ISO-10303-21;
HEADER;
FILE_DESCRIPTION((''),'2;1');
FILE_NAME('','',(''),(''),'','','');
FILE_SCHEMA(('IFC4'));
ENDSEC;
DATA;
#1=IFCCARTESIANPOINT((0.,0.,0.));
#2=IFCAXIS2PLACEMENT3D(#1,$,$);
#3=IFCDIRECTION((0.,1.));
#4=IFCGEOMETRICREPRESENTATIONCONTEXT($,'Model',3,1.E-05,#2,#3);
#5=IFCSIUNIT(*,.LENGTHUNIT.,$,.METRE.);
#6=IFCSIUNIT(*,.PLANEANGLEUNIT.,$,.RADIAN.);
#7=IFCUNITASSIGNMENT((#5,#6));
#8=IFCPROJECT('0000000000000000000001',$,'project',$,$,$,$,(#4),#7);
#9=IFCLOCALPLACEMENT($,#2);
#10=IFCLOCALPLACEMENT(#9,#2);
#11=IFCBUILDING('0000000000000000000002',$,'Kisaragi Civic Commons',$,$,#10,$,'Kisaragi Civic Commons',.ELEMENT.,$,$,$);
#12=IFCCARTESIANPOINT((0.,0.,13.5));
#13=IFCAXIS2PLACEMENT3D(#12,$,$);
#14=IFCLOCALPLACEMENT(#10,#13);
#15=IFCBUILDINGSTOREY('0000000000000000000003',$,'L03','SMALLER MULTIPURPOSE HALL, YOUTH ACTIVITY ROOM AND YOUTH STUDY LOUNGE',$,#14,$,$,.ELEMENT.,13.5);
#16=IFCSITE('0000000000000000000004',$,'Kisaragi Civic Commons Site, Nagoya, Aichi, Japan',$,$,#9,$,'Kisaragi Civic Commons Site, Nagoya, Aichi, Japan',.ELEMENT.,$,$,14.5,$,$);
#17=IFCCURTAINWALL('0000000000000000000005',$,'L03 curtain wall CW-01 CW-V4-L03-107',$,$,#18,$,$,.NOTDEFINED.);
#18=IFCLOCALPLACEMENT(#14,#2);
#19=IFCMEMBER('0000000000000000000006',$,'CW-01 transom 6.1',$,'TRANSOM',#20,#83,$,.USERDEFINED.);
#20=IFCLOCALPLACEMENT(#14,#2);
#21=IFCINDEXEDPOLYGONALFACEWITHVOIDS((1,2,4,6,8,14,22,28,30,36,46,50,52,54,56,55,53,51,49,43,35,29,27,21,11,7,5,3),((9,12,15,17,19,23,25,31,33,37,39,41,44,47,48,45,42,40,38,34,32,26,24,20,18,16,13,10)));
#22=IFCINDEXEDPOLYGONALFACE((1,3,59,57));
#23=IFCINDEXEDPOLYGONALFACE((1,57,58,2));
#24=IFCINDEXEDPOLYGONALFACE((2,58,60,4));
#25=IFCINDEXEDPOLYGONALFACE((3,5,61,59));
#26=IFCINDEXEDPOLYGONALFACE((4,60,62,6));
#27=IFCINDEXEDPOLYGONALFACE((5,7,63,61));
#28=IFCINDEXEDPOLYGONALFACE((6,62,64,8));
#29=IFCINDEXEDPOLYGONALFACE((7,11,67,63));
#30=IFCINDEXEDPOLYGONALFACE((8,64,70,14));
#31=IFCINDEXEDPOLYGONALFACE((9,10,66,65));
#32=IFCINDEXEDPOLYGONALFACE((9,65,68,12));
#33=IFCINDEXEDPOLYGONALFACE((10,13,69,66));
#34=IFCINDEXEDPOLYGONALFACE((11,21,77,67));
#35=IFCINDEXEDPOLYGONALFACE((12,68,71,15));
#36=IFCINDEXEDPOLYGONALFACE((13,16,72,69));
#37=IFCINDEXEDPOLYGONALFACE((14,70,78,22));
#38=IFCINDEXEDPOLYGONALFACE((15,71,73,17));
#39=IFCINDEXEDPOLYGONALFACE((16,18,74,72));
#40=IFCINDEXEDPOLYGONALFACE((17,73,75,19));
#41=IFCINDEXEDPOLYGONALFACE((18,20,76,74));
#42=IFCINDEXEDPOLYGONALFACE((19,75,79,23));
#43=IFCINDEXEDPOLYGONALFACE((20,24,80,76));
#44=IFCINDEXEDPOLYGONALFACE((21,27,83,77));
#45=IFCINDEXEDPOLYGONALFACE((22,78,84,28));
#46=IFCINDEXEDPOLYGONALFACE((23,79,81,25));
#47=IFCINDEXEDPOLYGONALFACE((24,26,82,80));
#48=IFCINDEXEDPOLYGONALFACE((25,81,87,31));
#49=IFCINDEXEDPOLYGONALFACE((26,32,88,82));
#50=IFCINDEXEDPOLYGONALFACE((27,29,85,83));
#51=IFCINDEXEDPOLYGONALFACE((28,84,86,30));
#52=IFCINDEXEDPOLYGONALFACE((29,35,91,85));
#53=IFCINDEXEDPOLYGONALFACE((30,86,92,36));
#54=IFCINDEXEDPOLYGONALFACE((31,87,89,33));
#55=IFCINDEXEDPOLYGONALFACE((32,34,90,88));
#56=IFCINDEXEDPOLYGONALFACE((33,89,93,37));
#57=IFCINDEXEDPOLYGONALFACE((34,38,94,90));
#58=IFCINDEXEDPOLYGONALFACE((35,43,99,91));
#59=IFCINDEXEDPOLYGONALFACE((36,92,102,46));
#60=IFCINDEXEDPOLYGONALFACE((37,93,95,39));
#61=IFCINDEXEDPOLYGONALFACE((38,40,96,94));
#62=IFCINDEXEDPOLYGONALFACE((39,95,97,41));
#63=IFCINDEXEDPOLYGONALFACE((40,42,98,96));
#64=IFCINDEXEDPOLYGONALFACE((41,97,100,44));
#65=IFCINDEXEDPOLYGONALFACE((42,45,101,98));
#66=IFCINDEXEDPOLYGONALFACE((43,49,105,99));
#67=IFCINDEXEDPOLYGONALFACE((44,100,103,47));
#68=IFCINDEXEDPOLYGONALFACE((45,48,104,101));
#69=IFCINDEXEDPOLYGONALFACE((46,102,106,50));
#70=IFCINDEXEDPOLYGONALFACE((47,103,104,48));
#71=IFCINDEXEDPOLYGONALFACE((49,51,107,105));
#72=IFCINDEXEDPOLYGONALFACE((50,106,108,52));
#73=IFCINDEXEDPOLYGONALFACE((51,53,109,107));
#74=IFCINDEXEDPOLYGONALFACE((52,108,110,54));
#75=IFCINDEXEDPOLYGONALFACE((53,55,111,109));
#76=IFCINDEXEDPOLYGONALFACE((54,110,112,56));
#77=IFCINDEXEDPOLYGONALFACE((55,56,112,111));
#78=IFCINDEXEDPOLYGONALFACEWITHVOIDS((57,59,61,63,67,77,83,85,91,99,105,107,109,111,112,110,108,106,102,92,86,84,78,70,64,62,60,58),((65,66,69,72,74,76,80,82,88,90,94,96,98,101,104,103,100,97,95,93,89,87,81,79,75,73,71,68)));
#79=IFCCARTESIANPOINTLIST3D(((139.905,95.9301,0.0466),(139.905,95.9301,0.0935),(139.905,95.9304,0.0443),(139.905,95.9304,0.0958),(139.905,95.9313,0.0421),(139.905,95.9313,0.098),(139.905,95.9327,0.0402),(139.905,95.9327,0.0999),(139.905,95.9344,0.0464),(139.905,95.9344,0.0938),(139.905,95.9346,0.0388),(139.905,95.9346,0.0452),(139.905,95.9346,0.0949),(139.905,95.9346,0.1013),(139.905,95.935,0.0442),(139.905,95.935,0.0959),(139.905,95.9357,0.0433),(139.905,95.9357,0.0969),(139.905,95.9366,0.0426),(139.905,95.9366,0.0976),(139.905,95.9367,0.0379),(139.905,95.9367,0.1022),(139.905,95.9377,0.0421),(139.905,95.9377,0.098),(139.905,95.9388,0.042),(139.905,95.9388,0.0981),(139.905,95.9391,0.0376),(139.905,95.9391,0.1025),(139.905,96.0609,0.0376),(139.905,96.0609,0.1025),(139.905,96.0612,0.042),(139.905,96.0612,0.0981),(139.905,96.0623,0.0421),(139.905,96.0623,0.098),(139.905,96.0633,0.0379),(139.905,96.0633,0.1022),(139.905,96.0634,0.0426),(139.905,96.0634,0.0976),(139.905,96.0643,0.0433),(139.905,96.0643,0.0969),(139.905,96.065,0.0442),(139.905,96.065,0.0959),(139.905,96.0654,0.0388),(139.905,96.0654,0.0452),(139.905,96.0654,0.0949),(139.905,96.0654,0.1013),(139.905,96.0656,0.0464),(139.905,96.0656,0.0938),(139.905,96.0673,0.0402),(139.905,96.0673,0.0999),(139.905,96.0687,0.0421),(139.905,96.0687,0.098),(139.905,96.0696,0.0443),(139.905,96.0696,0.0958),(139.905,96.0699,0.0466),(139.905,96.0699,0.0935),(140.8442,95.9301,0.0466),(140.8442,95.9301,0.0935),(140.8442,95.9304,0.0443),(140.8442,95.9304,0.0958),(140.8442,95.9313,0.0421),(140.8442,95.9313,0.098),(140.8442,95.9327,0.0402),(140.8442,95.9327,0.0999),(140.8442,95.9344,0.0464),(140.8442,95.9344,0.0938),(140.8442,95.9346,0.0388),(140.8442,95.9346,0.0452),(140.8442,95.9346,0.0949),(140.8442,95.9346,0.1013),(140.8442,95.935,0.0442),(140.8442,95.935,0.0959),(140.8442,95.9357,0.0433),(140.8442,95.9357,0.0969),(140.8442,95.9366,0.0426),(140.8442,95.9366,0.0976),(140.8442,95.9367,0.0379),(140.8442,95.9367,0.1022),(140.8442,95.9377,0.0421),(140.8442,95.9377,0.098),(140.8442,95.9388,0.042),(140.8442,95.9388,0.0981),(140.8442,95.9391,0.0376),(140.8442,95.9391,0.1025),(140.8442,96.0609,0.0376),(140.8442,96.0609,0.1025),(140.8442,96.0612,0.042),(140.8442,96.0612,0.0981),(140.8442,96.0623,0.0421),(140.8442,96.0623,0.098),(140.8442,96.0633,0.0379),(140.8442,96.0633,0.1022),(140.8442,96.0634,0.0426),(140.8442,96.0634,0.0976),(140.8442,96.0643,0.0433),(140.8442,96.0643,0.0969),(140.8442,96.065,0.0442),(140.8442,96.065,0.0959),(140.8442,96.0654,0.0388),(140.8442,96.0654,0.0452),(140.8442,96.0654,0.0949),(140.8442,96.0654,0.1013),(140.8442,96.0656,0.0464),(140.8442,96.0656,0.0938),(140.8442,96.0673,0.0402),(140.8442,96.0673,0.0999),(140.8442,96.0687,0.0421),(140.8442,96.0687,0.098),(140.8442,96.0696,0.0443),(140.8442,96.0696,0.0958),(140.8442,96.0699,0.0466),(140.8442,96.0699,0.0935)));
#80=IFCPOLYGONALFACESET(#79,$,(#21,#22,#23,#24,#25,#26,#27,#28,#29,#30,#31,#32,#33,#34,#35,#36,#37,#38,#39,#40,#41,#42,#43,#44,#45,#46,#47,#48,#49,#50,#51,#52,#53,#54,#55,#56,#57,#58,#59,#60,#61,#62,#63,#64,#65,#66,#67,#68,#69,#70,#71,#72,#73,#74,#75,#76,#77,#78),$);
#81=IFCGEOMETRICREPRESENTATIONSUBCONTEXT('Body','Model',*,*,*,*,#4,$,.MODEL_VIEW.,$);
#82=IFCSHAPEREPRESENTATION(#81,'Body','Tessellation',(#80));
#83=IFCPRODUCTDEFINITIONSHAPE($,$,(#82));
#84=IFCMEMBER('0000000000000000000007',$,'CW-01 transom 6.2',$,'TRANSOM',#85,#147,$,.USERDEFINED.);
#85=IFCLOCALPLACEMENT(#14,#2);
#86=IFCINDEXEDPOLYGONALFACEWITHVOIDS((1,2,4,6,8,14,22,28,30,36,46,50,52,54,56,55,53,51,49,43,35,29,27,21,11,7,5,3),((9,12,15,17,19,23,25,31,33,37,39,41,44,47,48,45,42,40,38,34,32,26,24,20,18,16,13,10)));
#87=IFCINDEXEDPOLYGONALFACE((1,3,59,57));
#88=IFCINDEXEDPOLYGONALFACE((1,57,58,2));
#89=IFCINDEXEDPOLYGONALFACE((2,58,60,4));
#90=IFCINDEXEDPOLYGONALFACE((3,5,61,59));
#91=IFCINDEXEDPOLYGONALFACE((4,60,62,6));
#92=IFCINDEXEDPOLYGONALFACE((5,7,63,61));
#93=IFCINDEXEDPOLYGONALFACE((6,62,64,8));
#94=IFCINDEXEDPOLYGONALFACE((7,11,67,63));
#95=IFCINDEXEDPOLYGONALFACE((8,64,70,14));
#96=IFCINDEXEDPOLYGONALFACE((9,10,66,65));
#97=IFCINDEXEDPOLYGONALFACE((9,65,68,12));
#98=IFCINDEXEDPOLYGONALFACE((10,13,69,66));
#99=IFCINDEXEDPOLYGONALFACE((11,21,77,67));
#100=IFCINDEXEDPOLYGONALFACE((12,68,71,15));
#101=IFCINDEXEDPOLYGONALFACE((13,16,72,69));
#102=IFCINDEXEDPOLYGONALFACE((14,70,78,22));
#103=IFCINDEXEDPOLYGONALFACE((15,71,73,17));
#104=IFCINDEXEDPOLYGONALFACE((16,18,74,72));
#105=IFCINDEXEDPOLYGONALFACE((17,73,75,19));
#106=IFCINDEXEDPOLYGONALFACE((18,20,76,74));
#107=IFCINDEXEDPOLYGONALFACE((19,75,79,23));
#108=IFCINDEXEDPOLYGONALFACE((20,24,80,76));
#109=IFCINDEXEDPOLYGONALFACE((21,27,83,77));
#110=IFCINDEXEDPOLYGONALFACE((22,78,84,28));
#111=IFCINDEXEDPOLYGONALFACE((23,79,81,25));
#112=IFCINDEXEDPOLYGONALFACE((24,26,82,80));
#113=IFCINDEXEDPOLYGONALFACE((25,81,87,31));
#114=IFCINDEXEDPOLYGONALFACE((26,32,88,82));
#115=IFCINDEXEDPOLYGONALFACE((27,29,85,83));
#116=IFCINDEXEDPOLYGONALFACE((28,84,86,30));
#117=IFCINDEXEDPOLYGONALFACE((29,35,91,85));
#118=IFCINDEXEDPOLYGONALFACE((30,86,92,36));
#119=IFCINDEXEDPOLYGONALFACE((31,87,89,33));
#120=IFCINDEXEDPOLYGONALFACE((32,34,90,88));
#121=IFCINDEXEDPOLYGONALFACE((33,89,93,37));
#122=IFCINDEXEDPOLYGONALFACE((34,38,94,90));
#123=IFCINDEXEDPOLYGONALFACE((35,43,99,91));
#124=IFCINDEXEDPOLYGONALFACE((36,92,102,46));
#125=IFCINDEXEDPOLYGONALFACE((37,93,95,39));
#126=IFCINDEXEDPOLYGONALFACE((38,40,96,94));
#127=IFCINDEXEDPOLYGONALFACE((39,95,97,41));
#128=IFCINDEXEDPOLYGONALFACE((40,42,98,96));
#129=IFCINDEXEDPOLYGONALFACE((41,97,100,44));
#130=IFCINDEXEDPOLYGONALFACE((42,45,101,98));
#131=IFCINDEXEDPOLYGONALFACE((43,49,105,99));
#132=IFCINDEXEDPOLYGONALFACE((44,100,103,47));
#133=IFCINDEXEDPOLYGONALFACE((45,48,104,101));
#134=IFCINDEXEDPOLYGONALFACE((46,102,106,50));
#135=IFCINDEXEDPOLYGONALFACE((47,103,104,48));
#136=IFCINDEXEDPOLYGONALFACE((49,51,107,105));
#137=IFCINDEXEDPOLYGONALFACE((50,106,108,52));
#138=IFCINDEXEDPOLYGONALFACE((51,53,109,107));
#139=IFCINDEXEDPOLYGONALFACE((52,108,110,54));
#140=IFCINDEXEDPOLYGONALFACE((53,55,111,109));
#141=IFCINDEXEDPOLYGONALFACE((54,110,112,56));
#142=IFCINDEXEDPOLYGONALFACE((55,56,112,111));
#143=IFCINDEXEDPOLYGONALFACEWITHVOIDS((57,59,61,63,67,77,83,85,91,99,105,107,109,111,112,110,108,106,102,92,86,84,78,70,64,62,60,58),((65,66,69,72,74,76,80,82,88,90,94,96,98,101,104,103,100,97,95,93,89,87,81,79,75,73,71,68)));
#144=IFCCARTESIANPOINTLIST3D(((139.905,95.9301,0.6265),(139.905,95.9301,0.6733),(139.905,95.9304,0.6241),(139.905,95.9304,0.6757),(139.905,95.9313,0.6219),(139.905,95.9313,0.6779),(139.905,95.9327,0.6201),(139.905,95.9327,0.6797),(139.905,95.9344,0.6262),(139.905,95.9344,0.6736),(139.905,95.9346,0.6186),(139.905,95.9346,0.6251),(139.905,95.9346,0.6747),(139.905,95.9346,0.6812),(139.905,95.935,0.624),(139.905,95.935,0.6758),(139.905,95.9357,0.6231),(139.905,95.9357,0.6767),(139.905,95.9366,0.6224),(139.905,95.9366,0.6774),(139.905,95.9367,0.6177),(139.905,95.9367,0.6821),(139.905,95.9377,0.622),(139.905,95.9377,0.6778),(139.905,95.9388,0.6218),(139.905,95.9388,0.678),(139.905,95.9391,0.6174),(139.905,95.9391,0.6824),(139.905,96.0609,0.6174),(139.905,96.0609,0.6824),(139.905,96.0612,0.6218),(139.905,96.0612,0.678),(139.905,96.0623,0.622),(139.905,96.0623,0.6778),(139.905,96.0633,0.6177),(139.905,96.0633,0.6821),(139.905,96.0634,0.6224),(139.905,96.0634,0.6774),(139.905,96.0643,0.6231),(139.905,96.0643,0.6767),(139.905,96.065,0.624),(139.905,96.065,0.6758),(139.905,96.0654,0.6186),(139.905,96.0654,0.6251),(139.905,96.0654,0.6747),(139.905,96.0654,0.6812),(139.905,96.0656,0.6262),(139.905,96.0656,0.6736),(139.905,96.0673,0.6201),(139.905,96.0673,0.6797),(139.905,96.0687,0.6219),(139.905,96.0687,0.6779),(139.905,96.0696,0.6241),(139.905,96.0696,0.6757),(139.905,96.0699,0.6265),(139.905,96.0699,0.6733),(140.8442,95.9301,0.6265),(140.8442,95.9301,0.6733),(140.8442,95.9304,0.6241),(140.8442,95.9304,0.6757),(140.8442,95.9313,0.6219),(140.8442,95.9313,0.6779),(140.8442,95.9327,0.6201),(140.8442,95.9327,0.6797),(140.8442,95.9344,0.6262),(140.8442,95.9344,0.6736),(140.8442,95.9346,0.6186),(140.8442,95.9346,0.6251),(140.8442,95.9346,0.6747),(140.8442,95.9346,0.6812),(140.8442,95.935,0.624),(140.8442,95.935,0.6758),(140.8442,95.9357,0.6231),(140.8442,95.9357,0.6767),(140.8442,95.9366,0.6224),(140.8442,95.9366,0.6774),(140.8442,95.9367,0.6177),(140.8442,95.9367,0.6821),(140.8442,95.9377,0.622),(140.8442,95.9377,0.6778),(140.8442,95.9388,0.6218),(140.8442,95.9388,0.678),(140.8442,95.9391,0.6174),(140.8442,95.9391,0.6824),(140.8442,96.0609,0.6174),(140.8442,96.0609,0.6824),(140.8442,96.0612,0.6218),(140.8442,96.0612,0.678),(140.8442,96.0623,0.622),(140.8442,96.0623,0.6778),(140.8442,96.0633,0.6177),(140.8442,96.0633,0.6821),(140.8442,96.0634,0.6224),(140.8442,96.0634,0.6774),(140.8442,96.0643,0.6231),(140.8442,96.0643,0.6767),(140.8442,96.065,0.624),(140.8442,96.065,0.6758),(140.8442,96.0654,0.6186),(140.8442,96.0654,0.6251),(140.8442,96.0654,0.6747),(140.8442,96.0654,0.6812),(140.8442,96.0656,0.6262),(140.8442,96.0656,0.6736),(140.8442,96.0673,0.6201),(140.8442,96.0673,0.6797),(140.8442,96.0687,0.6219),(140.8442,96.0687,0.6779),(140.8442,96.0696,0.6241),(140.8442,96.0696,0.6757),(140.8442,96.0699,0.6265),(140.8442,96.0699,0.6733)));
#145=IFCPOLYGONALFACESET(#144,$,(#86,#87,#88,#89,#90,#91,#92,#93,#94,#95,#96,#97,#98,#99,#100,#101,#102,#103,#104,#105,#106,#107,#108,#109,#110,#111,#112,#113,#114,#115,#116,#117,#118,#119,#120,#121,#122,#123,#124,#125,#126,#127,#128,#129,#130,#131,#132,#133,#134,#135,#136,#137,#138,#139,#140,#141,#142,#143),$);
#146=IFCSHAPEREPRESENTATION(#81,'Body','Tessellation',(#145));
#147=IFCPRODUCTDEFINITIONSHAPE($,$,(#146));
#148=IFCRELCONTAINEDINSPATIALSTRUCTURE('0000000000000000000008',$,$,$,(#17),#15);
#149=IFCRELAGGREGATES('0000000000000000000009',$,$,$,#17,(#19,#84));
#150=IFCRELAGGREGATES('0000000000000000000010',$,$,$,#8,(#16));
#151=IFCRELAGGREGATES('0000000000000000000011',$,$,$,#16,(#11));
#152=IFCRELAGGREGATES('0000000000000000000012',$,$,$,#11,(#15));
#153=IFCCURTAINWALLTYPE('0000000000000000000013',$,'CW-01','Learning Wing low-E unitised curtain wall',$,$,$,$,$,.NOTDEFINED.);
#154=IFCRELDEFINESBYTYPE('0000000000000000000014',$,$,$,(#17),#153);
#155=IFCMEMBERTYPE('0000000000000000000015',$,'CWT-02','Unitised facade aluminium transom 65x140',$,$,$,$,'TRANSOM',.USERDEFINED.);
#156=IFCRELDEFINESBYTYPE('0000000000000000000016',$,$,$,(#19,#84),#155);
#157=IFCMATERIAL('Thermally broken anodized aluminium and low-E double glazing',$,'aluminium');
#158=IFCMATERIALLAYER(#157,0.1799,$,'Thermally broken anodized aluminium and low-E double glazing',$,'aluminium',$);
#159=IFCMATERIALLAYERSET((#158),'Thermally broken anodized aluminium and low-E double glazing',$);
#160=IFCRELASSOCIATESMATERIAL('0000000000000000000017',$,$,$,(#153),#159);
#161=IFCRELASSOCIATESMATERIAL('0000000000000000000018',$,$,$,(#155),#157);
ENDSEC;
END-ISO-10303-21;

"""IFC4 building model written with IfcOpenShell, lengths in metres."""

from ifc_helpers import new_model, si_unit, direction, frame, origin, origin_2d, place, context, subcontext, project, spatial, hollow_rectangle, extrude, material, layer, layer_set, material_profile, profile_set, type_object, element, aggregate, save


model = new_model("IFC4")

# Units and contexts
model_context = context("Model", 3, precision=1e-05, world=origin(), true_north=direction((0.0, 1.0)))
body_context = subcontext(model_context, "Body", "Model", "MODEL_VIEW")
ifc_project = project(units=[si_unit("LENGTHUNIT", "METRE"), si_unit("PLANEANGLEUNIT", "RADIAN")], contexts=[model_context])

# Site, building, storey
site_placement = place(None, origin())
site = spatial("IfcSite", under=ifc_project, at=site_placement, Name="Kisaragi Civic Commons Site, Nagoya, Aichi, Japan", LongName="Kisaragi Civic Commons Site, Nagoya, Aichi, Japan", CompositionType="ELEMENT", RefElevation=14.5)
building_placement = place(site_placement, origin())
building = spatial("IfcBuilding", under=site, at=building_placement, Name="Kisaragi Civic Commons", LongName="Kisaragi Civic Commons", CompositionType="ELEMENT")
storey_placement = place(building_placement, frame((0.0, 0.0, 13.5)))
storey = spatial("IfcBuildingStorey", under=building, at=storey_placement, Name="L03", Description="SMALLER MULTIPURPOSE HALL, YOUTH ACTIVITY ROOM AND YOUTH STUDY LOUNGE", CompositionType="ELEMENT", Elevation=13.5)

# Curtain wall, members
ifc_material = material(Name="Thermally broken anodized aluminium and low-E double glazing", Category="aluminium")
ifc_layer_1 = layer(ifc_material, 0.1799, Name="Thermally broken anodized aluminium and low-E double glazing", Category="aluminium")
ifc_layer_set_1 = layer_set([ifc_layer_1], Name="Thermally broken anodized aluminium and low-E double glazing")
curtain_wall_type = type_object("IfcCurtainWallType", Name="CW-01", Description="Learning Wing low-E unitised curtain wall", PredefinedType="NOTDEFINED", material=ifc_layer_set_1)
curtain_wall_placement = place(storey_placement, origin())
curtain_wall = element("IfcCurtainWall", 1, at=curtain_wall_placement, inside=storey, type_object=curtain_wall_type, Name="L03 curtain wall CW-01 CW-V4-L03-107", PredefinedType="NOTDEFINED")
ifc_material_profile_1 = material_profile(ifc_material, hollow_rectangle(XDim=0.1399, YDim=0.0649, WallThickness=0.0044, InnerFilletRadius=0.0044, OuterFilletRadius=0.009, at=origin_2d()), Name="CWT-65x140x4.5", Category="aluminium")
ifc_profile_set_1 = profile_set([ifc_material_profile_1], Name="Thermally broken anodized aluminium and low-E double glazing")
member_type_1 = type_object("IfcMemberType", Name="CWT-02", Description="Unitised facade aluminium transom 65x140", ElementType="TRANSOM", PredefinedType="USERDEFINED", material=ifc_profile_set_1)
member_1_placement = place(storey_placement, frame((140.8442, 96.0, 0.0701), z_axis=(-1.0, 0.0, 0.0), x_axis=(0.0, -1.0, 0.0)))
member_1 = element("IfcMember", 2, at=member_1_placement, type_object=member_type_1, Name="CW-01 transom 6.1", ObjectType="TRANSOM", PredefinedType="USERDEFINED", context=body_context, shape_type="SweptSolid", body=[
    extrude(hollow_rectangle(XDim=0.1399, YDim=0.0649, WallThickness=0.0044, InnerFilletRadius=0.0044, OuterFilletRadius=0.009, at=origin_2d()), origin(), (0.0, 0.0, 1.0), 0.9392),
])
member_2_placement = place(storey_placement, frame((140.8442, 96.0, 0.6499), z_axis=(-1.0, 0.0, 0.0), x_axis=(0.0, -1.0, 0.0)))
member_2 = element("IfcMember", 3, at=member_2_placement, type_object=member_type_1, Name="CW-01 transom 6.2", ObjectType="TRANSOM", PredefinedType="USERDEFINED", context=body_context, shape_type="SweptSolid", body=[
    extrude(hollow_rectangle(XDim=0.1399, YDim=0.0649, WallThickness=0.0044, InnerFilletRadius=0.0044, OuterFilletRadius=0.009, at=origin_2d()), origin(), (0.0, 0.0, 1.0), 0.9392),
])
aggregate(curtain_wall, [member_1, member_2])

save(model, "model.ifc")
